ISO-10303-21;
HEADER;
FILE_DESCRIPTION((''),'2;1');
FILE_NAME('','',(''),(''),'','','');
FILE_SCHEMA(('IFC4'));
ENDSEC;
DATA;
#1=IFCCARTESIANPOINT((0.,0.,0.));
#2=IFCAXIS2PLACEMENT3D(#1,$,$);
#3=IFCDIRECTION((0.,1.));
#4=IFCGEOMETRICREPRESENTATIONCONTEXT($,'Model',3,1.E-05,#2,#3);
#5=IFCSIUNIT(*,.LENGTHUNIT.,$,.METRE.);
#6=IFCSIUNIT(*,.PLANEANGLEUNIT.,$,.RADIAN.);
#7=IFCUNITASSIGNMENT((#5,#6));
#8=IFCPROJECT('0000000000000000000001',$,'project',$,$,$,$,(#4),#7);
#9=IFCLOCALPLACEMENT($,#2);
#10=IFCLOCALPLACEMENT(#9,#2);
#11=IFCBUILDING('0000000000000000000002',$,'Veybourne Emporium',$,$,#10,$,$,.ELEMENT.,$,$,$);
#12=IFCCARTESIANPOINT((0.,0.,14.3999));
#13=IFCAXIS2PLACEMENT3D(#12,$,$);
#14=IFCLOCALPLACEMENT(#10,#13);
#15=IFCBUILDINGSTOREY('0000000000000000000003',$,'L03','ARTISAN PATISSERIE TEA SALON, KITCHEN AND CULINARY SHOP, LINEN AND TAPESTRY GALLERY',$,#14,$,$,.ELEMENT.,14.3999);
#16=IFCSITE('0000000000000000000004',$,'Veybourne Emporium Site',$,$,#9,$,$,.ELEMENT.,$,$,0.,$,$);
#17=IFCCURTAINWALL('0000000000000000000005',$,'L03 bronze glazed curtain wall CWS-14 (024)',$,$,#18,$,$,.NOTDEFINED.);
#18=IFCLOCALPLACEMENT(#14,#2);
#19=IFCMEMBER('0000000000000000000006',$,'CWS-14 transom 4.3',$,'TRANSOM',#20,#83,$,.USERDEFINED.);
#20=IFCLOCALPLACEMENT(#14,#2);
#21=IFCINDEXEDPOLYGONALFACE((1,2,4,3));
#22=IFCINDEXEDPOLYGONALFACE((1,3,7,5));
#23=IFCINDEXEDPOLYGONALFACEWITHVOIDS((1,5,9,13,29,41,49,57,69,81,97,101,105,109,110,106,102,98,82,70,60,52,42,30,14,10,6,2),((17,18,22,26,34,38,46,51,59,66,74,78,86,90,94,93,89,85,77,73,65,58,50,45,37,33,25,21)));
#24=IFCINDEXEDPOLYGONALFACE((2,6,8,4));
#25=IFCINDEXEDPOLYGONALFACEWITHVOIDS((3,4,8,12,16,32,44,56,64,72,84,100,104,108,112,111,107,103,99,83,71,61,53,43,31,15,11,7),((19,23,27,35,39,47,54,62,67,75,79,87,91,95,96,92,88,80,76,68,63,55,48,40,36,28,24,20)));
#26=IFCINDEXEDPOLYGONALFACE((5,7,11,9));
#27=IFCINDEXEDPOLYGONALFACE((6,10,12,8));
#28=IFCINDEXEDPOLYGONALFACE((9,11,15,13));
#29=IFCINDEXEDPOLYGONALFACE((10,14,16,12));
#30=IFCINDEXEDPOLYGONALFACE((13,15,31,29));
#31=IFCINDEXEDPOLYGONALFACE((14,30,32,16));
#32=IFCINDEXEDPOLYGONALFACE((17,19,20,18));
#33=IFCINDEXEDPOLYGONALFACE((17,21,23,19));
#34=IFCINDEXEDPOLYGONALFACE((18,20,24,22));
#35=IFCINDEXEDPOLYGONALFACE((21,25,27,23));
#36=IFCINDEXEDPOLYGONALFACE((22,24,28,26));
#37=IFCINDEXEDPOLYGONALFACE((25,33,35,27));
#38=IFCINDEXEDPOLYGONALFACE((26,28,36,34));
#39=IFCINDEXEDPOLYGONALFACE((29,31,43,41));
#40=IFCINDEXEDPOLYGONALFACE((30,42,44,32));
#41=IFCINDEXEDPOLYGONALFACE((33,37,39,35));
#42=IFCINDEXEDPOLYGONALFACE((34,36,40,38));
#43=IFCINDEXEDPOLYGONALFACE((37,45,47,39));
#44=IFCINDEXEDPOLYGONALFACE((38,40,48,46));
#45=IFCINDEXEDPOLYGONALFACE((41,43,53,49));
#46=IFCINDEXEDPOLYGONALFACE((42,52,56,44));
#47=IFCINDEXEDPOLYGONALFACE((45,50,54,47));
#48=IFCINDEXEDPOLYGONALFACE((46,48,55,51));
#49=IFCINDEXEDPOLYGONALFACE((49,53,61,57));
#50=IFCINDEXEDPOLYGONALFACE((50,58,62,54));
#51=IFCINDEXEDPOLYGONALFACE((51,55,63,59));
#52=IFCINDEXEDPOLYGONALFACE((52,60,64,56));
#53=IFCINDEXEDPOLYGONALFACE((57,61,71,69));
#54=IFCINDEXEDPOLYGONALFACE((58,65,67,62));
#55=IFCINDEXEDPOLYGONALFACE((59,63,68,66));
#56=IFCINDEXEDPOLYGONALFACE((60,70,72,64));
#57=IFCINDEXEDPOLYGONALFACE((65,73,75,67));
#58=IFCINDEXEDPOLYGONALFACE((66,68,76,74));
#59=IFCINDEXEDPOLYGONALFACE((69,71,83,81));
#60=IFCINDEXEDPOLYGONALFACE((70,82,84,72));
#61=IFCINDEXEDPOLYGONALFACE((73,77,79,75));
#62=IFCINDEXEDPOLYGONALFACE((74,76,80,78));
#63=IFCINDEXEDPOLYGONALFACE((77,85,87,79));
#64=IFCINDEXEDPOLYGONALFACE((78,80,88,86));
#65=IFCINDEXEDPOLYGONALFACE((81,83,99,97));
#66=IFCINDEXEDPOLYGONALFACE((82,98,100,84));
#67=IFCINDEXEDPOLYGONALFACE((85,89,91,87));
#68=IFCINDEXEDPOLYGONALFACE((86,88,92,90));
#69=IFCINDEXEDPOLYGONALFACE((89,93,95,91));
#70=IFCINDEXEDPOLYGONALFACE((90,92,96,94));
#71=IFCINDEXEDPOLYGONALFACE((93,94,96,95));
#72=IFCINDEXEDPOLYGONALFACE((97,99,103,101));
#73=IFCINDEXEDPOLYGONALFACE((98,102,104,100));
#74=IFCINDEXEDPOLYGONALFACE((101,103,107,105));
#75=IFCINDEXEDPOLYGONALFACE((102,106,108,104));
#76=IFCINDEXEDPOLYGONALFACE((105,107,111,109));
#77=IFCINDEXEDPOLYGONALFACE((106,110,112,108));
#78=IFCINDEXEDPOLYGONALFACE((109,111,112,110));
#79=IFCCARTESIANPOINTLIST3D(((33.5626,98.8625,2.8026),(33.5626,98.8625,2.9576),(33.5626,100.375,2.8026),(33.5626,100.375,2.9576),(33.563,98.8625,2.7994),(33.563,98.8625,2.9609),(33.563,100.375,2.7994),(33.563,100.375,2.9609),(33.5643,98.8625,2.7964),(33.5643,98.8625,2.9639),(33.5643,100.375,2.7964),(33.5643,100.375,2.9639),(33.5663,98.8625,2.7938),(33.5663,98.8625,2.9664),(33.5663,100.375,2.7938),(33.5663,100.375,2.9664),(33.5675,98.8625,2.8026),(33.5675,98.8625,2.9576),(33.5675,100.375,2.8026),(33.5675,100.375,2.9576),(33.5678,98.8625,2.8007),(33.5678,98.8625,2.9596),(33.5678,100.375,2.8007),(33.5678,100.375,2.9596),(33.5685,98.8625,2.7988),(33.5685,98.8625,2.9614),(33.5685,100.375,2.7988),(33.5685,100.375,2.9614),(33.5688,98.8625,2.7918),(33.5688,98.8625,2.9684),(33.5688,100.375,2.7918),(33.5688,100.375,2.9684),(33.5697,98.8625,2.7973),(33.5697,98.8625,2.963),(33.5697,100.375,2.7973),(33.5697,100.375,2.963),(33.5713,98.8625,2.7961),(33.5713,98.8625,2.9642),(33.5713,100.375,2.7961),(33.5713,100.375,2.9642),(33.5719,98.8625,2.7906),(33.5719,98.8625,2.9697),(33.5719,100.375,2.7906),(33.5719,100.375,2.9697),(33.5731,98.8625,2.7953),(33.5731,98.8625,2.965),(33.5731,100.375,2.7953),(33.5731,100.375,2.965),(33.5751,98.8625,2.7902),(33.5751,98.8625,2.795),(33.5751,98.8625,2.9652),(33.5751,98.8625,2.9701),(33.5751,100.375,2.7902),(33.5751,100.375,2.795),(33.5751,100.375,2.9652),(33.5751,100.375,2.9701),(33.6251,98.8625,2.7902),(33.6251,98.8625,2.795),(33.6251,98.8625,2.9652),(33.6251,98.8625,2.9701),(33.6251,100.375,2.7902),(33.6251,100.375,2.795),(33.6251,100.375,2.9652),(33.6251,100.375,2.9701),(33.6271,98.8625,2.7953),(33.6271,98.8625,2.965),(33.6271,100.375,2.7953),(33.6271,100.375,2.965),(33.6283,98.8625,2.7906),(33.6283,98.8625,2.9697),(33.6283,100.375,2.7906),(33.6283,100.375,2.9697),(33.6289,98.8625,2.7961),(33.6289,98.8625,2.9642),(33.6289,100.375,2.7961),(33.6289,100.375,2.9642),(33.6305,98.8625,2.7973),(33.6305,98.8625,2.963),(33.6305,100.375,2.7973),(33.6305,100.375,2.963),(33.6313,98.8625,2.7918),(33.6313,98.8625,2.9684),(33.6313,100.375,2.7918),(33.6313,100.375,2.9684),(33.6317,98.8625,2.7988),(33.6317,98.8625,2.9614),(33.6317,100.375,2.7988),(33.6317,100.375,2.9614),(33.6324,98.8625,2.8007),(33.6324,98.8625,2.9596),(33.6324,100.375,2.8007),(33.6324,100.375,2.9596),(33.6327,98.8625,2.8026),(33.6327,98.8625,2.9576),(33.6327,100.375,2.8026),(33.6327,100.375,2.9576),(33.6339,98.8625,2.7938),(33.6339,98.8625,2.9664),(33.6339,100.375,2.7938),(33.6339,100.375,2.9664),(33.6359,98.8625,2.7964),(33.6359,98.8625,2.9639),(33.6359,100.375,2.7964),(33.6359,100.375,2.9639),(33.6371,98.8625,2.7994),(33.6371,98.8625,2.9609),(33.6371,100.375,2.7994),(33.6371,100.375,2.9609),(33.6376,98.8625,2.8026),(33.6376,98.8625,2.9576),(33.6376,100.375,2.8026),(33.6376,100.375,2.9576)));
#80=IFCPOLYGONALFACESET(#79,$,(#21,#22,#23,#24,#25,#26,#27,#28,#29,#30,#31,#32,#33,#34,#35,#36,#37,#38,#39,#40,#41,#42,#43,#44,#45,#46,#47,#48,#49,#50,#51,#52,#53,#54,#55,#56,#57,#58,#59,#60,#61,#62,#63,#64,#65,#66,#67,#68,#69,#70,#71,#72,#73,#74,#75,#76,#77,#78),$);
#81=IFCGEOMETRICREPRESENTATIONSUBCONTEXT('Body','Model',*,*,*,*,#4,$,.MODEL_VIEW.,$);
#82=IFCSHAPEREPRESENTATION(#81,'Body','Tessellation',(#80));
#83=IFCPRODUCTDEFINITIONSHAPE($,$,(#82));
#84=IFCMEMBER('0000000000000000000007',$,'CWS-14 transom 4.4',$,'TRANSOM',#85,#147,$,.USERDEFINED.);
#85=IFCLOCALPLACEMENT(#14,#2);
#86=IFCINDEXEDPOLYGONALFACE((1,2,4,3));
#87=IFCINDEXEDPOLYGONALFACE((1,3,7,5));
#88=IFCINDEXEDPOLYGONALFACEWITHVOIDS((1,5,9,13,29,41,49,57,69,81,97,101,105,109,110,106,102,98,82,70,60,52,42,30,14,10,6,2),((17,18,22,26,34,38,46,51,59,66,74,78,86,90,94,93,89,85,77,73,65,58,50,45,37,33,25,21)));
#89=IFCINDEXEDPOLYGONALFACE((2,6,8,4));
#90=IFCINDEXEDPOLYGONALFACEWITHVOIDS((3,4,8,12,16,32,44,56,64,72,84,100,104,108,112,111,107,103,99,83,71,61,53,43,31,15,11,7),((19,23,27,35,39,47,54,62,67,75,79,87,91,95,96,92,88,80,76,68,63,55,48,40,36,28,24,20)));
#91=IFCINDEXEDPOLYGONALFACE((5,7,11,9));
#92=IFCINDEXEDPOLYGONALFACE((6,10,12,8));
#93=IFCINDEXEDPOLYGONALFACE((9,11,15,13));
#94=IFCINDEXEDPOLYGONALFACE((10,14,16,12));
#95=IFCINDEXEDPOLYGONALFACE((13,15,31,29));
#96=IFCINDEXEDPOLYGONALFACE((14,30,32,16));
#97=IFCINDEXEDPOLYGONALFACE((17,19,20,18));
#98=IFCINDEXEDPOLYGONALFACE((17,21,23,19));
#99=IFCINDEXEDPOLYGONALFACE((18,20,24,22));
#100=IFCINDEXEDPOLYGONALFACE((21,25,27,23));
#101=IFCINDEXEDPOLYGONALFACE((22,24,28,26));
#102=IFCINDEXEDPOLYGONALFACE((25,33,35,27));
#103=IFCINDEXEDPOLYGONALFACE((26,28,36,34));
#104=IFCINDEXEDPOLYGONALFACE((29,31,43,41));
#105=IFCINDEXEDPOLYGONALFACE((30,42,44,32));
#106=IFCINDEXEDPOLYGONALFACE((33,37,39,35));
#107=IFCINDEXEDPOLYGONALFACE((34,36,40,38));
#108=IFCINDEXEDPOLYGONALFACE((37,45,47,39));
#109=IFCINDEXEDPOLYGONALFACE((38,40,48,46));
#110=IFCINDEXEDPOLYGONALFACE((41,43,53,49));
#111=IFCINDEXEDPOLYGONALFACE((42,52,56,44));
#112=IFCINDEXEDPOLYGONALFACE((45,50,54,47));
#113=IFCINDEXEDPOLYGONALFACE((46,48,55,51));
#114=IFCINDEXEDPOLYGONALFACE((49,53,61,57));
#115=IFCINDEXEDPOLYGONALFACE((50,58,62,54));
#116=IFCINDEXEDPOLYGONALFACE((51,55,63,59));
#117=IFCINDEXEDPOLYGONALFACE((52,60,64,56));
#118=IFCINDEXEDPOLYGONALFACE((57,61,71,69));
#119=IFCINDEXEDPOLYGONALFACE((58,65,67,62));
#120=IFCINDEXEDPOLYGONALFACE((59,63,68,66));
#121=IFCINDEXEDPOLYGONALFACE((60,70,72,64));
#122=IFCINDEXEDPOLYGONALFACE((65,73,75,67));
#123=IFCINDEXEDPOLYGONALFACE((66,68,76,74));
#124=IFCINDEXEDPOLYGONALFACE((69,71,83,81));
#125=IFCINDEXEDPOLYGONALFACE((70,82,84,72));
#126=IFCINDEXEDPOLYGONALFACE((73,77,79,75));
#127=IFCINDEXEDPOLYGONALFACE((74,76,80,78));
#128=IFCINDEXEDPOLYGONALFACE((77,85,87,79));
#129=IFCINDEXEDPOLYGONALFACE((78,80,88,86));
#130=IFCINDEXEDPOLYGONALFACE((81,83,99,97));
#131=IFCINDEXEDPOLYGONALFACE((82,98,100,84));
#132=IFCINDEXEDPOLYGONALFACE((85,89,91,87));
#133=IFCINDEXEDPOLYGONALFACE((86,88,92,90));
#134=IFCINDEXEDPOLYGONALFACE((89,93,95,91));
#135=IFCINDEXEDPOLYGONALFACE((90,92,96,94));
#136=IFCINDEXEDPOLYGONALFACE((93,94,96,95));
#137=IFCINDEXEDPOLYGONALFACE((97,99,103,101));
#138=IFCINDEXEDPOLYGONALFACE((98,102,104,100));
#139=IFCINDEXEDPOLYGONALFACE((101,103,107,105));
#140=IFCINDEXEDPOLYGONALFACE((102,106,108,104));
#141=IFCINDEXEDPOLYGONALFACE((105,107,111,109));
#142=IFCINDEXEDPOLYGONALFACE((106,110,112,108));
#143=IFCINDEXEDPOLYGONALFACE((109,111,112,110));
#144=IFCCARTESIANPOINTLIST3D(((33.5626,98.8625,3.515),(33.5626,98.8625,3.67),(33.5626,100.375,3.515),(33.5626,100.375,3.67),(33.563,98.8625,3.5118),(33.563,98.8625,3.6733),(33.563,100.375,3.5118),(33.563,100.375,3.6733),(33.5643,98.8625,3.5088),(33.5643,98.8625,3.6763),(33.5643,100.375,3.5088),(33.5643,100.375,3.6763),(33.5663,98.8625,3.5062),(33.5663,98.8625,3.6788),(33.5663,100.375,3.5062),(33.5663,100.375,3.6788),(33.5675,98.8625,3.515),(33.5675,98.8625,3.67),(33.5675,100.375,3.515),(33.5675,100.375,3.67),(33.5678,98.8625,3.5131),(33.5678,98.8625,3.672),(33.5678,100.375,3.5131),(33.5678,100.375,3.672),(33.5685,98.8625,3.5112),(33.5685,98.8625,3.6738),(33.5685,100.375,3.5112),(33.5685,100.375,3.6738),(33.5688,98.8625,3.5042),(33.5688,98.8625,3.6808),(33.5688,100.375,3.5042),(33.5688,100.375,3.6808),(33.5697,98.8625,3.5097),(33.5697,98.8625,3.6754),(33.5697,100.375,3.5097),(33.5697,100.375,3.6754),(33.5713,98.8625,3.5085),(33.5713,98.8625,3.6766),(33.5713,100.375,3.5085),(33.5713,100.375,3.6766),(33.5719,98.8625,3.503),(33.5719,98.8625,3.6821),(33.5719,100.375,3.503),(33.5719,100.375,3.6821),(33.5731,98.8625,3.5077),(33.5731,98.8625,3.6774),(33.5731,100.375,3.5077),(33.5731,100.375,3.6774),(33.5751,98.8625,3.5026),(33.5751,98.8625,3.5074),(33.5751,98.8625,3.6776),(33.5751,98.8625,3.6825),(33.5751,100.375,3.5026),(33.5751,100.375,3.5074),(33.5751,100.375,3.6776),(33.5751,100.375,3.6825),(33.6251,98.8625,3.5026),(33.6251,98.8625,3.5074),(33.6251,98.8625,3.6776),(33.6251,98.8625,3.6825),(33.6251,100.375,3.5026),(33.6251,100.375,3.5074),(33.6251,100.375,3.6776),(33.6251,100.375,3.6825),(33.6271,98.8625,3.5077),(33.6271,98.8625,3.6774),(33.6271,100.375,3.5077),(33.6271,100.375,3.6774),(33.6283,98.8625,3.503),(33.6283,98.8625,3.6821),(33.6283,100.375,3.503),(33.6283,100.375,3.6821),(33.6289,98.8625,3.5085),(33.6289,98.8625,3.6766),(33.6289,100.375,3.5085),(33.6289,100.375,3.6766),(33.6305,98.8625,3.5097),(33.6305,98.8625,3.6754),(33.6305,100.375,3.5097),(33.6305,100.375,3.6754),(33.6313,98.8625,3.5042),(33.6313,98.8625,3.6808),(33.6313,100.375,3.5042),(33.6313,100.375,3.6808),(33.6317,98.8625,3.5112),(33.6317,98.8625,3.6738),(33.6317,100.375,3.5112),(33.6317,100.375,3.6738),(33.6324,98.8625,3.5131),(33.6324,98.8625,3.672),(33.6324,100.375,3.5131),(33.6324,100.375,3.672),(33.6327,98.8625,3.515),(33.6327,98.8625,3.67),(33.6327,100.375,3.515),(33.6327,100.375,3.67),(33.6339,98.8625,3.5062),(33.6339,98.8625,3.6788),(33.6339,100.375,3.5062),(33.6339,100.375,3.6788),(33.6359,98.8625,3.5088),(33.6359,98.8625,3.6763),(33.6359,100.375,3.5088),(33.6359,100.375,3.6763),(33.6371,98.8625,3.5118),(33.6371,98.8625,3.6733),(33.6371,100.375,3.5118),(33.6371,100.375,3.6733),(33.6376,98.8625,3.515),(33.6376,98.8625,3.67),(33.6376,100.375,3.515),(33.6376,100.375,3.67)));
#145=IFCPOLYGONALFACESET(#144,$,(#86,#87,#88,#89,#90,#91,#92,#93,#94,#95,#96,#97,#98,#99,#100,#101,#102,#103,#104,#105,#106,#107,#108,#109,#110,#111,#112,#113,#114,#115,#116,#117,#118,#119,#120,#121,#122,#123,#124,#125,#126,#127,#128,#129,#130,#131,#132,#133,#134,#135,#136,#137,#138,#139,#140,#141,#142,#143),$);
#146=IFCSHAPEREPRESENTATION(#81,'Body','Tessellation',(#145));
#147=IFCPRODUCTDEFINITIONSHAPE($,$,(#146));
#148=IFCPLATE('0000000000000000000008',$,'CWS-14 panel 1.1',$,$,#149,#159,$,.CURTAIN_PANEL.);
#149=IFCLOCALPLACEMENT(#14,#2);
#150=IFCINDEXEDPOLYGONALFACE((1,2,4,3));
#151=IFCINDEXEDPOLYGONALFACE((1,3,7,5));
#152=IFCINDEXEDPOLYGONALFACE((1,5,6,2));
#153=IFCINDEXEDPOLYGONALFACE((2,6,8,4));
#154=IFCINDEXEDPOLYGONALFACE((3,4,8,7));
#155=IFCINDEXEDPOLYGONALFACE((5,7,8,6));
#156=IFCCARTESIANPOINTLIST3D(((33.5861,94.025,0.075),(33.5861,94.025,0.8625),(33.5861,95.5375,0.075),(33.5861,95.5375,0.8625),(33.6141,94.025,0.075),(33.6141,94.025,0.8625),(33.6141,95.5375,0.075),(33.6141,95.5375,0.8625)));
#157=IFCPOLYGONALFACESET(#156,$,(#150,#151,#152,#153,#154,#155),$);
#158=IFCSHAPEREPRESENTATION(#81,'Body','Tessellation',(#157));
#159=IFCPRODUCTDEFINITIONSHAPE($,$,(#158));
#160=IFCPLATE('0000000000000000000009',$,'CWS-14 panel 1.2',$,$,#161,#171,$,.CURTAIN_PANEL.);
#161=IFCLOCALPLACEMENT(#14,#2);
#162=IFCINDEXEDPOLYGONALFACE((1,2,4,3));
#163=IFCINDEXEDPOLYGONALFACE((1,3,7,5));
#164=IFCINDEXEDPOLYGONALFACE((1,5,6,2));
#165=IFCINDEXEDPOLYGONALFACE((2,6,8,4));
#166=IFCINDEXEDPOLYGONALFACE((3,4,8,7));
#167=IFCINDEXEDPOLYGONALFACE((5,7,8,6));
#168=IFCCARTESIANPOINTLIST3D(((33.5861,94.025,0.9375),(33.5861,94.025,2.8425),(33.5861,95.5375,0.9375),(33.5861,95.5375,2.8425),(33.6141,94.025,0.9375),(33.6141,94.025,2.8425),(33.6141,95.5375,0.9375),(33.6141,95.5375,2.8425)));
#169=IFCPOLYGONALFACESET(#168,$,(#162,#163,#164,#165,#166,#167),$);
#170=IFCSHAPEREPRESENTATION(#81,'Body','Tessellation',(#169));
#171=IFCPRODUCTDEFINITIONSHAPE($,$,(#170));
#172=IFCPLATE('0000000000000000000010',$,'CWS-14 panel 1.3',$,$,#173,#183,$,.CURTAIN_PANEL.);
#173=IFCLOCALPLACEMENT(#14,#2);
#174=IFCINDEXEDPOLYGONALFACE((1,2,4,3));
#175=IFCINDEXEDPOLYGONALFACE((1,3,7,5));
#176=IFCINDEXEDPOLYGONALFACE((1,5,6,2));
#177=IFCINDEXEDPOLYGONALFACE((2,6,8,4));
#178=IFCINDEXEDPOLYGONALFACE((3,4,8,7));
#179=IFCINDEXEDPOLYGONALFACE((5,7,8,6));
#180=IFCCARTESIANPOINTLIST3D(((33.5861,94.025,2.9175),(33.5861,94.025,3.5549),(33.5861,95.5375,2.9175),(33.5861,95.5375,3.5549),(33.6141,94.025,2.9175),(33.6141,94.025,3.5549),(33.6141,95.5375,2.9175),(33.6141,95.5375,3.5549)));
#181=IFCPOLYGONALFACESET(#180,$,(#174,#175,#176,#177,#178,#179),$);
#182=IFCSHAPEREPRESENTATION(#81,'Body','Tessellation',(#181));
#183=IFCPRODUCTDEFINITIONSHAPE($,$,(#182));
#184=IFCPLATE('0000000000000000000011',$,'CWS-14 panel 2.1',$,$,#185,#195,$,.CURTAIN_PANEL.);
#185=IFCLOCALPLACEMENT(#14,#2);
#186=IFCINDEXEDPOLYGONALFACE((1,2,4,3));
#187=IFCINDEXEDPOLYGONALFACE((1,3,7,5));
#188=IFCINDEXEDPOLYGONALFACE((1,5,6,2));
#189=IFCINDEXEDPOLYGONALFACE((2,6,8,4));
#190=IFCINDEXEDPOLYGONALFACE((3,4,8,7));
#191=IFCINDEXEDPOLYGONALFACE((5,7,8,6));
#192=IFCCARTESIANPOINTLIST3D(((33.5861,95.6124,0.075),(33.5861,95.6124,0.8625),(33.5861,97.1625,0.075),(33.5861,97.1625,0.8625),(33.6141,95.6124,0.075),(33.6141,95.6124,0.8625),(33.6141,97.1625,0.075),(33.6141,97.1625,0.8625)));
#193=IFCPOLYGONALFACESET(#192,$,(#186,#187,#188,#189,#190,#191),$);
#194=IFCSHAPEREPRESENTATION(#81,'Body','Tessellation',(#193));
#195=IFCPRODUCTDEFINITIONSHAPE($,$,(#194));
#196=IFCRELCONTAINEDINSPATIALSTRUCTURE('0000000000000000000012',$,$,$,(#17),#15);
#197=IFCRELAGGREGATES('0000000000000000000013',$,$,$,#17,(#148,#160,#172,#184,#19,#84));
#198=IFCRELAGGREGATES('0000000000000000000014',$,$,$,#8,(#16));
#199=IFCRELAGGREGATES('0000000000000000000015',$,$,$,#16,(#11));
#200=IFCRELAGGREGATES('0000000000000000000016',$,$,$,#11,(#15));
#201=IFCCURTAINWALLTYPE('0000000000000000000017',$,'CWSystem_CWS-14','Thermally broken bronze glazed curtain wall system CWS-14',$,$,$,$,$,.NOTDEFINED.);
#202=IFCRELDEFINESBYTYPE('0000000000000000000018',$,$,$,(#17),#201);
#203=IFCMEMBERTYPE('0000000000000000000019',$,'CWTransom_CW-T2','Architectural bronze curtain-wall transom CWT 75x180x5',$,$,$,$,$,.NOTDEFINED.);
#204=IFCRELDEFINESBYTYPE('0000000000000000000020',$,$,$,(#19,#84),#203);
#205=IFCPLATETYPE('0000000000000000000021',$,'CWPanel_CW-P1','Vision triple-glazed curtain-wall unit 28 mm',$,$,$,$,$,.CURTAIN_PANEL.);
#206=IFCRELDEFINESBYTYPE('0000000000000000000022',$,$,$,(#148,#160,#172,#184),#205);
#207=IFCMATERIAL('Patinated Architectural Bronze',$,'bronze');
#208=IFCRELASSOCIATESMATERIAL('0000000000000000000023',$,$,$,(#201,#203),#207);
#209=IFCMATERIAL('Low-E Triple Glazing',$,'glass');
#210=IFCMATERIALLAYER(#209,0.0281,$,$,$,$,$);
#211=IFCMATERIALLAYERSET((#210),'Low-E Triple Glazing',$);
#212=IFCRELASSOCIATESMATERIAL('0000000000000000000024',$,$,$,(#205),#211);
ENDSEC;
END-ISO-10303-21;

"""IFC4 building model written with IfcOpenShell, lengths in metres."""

from ifc_helpers import new_model, si_unit, direction, frame, origin, origin_2d, place, context, subcontext, project, spatial, rectangle, hollow_rectangle, extrude, material, layer, layer_set, material_profile, profile_set, type_object, element, aggregate, save


model = new_model("IFC4")

# Units and contexts
model_context = context("Model", 3, precision=1e-05, world=origin(), true_north=direction((0.0, 1.0)))
body_context = subcontext(model_context, "Body", "Model", "MODEL_VIEW")
ifc_project = project(units=[si_unit("LENGTHUNIT", "METRE"), si_unit("PLANEANGLEUNIT", "RADIAN")], contexts=[model_context])

# Site, building, storey
site_placement = place(None, origin())
site = spatial("IfcSite", under=ifc_project, at=site_placement, Name="Veybourne Emporium Site", CompositionType="ELEMENT", RefElevation=0.0)
building_placement = place(site_placement, origin())
building = spatial("IfcBuilding", under=site, at=building_placement, Name="Veybourne Emporium", CompositionType="ELEMENT")
storey_placement = place(building_placement, frame((0.0, 0.0, 14.3999)))
storey = spatial("IfcBuildingStorey", under=building, at=storey_placement, Name="L03", Description="ARTISAN PATISSERIE TEA SALON, KITCHEN AND CULINARY SHOP, LINEN AND TAPESTRY GALLERY", CompositionType="ELEMENT", Elevation=14.3999)

# Curtain wall, members, plates
ifc_material_1 = material(Name="Patinated Architectural Bronze", Category="bronze")
curtain_wall_type = type_object("IfcCurtainWallType", Name="CWSystem_CWS-14", Description="Thermally broken bronze glazed curtain wall system CWS-14", PredefinedType="NOTDEFINED", material=ifc_material_1)
curtain_wall_placement = place(storey_placement, origin())
curtain_wall = element("IfcCurtainWall", 1, at=curtain_wall_placement, inside=storey, type_object=curtain_wall_type, Name="L03 bronze glazed curtain wall CWS-14 (024)", PredefinedType="NOTDEFINED")
ifc_material_profile_1 = material_profile(ifc_material_1, hollow_rectangle(XDim=0.075, YDim=0.1799, WallThickness=0.0049, InnerFilletRadius=0.0076, OuterFilletRadius=0.0125, at=origin_2d()), Name="CWT 75x180x5")
ifc_profile_set_1 = profile_set([ifc_material_profile_1], Name="Patinated Architectural Bronze")
member_type_1 = type_object("IfcMemberType", Name="CWTransom_CW-T2", Description="Architectural bronze curtain-wall transom CWT 75x180x5", PredefinedType="NOTDEFINED", material=ifc_profile_set_1)
member_1_placement = place(storey_placement, frame((33.6001, 98.8625, 2.8801), z_axis=(0.0, 1.0, 0.0), x_axis=(-1.0, 0.0, 0.0)))
member_1 = element("IfcMember", 2, at=member_1_placement, type_object=member_type_1, Name="CWS-14 transom 4.3", ObjectType="TRANSOM", PredefinedType="USERDEFINED", context=body_context, shape_type="SweptSolid", body=[
    extrude(hollow_rectangle(XDim=0.075, YDim=0.1799, WallThickness=0.0049, InnerFilletRadius=0.0076, OuterFilletRadius=0.0125, at=origin_2d()), origin(), (0.0, 0.0, 1.0), 1.5125),
])
member_2_placement = place(storey_placement, frame((33.6001, 98.8625, 3.5925), z_axis=(0.0, 1.0, 0.0), x_axis=(-1.0, 0.0, 0.0)))
member_2 = element("IfcMember", 3, at=member_2_placement, type_object=member_type_1, Name="CWS-14 transom 4.4", ObjectType="TRANSOM", PredefinedType="USERDEFINED", context=body_context, shape_type="SweptSolid", body=[
    extrude(hollow_rectangle(XDim=0.075, YDim=0.1799, WallThickness=0.0049, InnerFilletRadius=0.0076, OuterFilletRadius=0.0125, at=origin_2d()), origin(), (0.0, 0.0, 1.0), 1.5125),
])
ifc_material_2 = material(Name="Low-E Triple Glazing", Category="glass")
ifc_layer_1 = layer(ifc_material_2, 0.0281)
ifc_layer_set_1 = layer_set([ifc_layer_1], Name="Low-E Triple Glazing")
plate_type = type_object("IfcPlateType", Name="CWPanel_CW-P1", Description="Vision triple-glazed curtain-wall unit 28 mm", PredefinedType="CURTAIN_PANEL", material=ifc_layer_set_1)
plate_1_placement = place(storey_placement, frame((33.6001, 94.7812, 0.075), z_axis=(0.0, 0.0, 1.0), x_axis=(0.0, 1.0, 0.0)))
plate_1 = element("IfcPlate", 4, at=plate_1_placement, type_object=plate_type, Name="CWS-14 panel 1.1", PredefinedType="CURTAIN_PANEL", context=body_context, shape_type="SweptSolid", body=[
    extrude(rectangle(XDim=1.5125, YDim=0.0281, at=origin_2d()), origin(), (0.0, 0.0, 1.0), 0.7876),
])
plate_2_placement = place(storey_placement, frame((33.6001, 94.7812, 0.9375), z_axis=(0.0, 0.0, 1.0), x_axis=(0.0, 1.0, 0.0)))
plate_2 = element("IfcPlate", 5, at=plate_2_placement, type_object=plate_type, Name="CWS-14 panel 1.2", PredefinedType="CURTAIN_PANEL", context=body_context, shape_type="SweptSolid", body=[
    extrude(rectangle(XDim=1.5125, YDim=0.0281, at=origin_2d()), origin(), (0.0, 0.0, 1.0), 1.905),
])
plate_3_placement = place(storey_placement, frame((33.6001, 94.7812, 2.9175), z_axis=(0.0, 0.0, 1.0), x_axis=(0.0, 1.0, 0.0)))
plate_3 = element("IfcPlate", 6, at=plate_3_placement, type_object=plate_type, Name="CWS-14 panel 1.3", PredefinedType="CURTAIN_PANEL", context=body_context, shape_type="SweptSolid", body=[
    extrude(rectangle(XDim=1.5125, YDim=0.0281, at=origin_2d()), origin(), (0.0, 0.0, 1.0), 0.6375),
])
plate_4_placement = place(storey_placement, frame((33.6001, 96.3875, 0.075), z_axis=(0.0, 0.0, 1.0), x_axis=(0.0, 1.0, 0.0)))
plate_4 = element("IfcPlate", 7, at=plate_4_placement, type_object=plate_type, Name="CWS-14 panel 2.1", PredefinedType="CURTAIN_PANEL", context=body_context, shape_type="SweptSolid", body=[
    extrude(rectangle(XDim=1.55, YDim=0.0281, at=origin_2d()), origin(), (0.0, 0.0, 1.0), 0.7876),
])
aggregate(curtain_wall, [plate_1, plate_2, plate_3, plate_4, member_1, member_2])

save(model, "model.ifc")
